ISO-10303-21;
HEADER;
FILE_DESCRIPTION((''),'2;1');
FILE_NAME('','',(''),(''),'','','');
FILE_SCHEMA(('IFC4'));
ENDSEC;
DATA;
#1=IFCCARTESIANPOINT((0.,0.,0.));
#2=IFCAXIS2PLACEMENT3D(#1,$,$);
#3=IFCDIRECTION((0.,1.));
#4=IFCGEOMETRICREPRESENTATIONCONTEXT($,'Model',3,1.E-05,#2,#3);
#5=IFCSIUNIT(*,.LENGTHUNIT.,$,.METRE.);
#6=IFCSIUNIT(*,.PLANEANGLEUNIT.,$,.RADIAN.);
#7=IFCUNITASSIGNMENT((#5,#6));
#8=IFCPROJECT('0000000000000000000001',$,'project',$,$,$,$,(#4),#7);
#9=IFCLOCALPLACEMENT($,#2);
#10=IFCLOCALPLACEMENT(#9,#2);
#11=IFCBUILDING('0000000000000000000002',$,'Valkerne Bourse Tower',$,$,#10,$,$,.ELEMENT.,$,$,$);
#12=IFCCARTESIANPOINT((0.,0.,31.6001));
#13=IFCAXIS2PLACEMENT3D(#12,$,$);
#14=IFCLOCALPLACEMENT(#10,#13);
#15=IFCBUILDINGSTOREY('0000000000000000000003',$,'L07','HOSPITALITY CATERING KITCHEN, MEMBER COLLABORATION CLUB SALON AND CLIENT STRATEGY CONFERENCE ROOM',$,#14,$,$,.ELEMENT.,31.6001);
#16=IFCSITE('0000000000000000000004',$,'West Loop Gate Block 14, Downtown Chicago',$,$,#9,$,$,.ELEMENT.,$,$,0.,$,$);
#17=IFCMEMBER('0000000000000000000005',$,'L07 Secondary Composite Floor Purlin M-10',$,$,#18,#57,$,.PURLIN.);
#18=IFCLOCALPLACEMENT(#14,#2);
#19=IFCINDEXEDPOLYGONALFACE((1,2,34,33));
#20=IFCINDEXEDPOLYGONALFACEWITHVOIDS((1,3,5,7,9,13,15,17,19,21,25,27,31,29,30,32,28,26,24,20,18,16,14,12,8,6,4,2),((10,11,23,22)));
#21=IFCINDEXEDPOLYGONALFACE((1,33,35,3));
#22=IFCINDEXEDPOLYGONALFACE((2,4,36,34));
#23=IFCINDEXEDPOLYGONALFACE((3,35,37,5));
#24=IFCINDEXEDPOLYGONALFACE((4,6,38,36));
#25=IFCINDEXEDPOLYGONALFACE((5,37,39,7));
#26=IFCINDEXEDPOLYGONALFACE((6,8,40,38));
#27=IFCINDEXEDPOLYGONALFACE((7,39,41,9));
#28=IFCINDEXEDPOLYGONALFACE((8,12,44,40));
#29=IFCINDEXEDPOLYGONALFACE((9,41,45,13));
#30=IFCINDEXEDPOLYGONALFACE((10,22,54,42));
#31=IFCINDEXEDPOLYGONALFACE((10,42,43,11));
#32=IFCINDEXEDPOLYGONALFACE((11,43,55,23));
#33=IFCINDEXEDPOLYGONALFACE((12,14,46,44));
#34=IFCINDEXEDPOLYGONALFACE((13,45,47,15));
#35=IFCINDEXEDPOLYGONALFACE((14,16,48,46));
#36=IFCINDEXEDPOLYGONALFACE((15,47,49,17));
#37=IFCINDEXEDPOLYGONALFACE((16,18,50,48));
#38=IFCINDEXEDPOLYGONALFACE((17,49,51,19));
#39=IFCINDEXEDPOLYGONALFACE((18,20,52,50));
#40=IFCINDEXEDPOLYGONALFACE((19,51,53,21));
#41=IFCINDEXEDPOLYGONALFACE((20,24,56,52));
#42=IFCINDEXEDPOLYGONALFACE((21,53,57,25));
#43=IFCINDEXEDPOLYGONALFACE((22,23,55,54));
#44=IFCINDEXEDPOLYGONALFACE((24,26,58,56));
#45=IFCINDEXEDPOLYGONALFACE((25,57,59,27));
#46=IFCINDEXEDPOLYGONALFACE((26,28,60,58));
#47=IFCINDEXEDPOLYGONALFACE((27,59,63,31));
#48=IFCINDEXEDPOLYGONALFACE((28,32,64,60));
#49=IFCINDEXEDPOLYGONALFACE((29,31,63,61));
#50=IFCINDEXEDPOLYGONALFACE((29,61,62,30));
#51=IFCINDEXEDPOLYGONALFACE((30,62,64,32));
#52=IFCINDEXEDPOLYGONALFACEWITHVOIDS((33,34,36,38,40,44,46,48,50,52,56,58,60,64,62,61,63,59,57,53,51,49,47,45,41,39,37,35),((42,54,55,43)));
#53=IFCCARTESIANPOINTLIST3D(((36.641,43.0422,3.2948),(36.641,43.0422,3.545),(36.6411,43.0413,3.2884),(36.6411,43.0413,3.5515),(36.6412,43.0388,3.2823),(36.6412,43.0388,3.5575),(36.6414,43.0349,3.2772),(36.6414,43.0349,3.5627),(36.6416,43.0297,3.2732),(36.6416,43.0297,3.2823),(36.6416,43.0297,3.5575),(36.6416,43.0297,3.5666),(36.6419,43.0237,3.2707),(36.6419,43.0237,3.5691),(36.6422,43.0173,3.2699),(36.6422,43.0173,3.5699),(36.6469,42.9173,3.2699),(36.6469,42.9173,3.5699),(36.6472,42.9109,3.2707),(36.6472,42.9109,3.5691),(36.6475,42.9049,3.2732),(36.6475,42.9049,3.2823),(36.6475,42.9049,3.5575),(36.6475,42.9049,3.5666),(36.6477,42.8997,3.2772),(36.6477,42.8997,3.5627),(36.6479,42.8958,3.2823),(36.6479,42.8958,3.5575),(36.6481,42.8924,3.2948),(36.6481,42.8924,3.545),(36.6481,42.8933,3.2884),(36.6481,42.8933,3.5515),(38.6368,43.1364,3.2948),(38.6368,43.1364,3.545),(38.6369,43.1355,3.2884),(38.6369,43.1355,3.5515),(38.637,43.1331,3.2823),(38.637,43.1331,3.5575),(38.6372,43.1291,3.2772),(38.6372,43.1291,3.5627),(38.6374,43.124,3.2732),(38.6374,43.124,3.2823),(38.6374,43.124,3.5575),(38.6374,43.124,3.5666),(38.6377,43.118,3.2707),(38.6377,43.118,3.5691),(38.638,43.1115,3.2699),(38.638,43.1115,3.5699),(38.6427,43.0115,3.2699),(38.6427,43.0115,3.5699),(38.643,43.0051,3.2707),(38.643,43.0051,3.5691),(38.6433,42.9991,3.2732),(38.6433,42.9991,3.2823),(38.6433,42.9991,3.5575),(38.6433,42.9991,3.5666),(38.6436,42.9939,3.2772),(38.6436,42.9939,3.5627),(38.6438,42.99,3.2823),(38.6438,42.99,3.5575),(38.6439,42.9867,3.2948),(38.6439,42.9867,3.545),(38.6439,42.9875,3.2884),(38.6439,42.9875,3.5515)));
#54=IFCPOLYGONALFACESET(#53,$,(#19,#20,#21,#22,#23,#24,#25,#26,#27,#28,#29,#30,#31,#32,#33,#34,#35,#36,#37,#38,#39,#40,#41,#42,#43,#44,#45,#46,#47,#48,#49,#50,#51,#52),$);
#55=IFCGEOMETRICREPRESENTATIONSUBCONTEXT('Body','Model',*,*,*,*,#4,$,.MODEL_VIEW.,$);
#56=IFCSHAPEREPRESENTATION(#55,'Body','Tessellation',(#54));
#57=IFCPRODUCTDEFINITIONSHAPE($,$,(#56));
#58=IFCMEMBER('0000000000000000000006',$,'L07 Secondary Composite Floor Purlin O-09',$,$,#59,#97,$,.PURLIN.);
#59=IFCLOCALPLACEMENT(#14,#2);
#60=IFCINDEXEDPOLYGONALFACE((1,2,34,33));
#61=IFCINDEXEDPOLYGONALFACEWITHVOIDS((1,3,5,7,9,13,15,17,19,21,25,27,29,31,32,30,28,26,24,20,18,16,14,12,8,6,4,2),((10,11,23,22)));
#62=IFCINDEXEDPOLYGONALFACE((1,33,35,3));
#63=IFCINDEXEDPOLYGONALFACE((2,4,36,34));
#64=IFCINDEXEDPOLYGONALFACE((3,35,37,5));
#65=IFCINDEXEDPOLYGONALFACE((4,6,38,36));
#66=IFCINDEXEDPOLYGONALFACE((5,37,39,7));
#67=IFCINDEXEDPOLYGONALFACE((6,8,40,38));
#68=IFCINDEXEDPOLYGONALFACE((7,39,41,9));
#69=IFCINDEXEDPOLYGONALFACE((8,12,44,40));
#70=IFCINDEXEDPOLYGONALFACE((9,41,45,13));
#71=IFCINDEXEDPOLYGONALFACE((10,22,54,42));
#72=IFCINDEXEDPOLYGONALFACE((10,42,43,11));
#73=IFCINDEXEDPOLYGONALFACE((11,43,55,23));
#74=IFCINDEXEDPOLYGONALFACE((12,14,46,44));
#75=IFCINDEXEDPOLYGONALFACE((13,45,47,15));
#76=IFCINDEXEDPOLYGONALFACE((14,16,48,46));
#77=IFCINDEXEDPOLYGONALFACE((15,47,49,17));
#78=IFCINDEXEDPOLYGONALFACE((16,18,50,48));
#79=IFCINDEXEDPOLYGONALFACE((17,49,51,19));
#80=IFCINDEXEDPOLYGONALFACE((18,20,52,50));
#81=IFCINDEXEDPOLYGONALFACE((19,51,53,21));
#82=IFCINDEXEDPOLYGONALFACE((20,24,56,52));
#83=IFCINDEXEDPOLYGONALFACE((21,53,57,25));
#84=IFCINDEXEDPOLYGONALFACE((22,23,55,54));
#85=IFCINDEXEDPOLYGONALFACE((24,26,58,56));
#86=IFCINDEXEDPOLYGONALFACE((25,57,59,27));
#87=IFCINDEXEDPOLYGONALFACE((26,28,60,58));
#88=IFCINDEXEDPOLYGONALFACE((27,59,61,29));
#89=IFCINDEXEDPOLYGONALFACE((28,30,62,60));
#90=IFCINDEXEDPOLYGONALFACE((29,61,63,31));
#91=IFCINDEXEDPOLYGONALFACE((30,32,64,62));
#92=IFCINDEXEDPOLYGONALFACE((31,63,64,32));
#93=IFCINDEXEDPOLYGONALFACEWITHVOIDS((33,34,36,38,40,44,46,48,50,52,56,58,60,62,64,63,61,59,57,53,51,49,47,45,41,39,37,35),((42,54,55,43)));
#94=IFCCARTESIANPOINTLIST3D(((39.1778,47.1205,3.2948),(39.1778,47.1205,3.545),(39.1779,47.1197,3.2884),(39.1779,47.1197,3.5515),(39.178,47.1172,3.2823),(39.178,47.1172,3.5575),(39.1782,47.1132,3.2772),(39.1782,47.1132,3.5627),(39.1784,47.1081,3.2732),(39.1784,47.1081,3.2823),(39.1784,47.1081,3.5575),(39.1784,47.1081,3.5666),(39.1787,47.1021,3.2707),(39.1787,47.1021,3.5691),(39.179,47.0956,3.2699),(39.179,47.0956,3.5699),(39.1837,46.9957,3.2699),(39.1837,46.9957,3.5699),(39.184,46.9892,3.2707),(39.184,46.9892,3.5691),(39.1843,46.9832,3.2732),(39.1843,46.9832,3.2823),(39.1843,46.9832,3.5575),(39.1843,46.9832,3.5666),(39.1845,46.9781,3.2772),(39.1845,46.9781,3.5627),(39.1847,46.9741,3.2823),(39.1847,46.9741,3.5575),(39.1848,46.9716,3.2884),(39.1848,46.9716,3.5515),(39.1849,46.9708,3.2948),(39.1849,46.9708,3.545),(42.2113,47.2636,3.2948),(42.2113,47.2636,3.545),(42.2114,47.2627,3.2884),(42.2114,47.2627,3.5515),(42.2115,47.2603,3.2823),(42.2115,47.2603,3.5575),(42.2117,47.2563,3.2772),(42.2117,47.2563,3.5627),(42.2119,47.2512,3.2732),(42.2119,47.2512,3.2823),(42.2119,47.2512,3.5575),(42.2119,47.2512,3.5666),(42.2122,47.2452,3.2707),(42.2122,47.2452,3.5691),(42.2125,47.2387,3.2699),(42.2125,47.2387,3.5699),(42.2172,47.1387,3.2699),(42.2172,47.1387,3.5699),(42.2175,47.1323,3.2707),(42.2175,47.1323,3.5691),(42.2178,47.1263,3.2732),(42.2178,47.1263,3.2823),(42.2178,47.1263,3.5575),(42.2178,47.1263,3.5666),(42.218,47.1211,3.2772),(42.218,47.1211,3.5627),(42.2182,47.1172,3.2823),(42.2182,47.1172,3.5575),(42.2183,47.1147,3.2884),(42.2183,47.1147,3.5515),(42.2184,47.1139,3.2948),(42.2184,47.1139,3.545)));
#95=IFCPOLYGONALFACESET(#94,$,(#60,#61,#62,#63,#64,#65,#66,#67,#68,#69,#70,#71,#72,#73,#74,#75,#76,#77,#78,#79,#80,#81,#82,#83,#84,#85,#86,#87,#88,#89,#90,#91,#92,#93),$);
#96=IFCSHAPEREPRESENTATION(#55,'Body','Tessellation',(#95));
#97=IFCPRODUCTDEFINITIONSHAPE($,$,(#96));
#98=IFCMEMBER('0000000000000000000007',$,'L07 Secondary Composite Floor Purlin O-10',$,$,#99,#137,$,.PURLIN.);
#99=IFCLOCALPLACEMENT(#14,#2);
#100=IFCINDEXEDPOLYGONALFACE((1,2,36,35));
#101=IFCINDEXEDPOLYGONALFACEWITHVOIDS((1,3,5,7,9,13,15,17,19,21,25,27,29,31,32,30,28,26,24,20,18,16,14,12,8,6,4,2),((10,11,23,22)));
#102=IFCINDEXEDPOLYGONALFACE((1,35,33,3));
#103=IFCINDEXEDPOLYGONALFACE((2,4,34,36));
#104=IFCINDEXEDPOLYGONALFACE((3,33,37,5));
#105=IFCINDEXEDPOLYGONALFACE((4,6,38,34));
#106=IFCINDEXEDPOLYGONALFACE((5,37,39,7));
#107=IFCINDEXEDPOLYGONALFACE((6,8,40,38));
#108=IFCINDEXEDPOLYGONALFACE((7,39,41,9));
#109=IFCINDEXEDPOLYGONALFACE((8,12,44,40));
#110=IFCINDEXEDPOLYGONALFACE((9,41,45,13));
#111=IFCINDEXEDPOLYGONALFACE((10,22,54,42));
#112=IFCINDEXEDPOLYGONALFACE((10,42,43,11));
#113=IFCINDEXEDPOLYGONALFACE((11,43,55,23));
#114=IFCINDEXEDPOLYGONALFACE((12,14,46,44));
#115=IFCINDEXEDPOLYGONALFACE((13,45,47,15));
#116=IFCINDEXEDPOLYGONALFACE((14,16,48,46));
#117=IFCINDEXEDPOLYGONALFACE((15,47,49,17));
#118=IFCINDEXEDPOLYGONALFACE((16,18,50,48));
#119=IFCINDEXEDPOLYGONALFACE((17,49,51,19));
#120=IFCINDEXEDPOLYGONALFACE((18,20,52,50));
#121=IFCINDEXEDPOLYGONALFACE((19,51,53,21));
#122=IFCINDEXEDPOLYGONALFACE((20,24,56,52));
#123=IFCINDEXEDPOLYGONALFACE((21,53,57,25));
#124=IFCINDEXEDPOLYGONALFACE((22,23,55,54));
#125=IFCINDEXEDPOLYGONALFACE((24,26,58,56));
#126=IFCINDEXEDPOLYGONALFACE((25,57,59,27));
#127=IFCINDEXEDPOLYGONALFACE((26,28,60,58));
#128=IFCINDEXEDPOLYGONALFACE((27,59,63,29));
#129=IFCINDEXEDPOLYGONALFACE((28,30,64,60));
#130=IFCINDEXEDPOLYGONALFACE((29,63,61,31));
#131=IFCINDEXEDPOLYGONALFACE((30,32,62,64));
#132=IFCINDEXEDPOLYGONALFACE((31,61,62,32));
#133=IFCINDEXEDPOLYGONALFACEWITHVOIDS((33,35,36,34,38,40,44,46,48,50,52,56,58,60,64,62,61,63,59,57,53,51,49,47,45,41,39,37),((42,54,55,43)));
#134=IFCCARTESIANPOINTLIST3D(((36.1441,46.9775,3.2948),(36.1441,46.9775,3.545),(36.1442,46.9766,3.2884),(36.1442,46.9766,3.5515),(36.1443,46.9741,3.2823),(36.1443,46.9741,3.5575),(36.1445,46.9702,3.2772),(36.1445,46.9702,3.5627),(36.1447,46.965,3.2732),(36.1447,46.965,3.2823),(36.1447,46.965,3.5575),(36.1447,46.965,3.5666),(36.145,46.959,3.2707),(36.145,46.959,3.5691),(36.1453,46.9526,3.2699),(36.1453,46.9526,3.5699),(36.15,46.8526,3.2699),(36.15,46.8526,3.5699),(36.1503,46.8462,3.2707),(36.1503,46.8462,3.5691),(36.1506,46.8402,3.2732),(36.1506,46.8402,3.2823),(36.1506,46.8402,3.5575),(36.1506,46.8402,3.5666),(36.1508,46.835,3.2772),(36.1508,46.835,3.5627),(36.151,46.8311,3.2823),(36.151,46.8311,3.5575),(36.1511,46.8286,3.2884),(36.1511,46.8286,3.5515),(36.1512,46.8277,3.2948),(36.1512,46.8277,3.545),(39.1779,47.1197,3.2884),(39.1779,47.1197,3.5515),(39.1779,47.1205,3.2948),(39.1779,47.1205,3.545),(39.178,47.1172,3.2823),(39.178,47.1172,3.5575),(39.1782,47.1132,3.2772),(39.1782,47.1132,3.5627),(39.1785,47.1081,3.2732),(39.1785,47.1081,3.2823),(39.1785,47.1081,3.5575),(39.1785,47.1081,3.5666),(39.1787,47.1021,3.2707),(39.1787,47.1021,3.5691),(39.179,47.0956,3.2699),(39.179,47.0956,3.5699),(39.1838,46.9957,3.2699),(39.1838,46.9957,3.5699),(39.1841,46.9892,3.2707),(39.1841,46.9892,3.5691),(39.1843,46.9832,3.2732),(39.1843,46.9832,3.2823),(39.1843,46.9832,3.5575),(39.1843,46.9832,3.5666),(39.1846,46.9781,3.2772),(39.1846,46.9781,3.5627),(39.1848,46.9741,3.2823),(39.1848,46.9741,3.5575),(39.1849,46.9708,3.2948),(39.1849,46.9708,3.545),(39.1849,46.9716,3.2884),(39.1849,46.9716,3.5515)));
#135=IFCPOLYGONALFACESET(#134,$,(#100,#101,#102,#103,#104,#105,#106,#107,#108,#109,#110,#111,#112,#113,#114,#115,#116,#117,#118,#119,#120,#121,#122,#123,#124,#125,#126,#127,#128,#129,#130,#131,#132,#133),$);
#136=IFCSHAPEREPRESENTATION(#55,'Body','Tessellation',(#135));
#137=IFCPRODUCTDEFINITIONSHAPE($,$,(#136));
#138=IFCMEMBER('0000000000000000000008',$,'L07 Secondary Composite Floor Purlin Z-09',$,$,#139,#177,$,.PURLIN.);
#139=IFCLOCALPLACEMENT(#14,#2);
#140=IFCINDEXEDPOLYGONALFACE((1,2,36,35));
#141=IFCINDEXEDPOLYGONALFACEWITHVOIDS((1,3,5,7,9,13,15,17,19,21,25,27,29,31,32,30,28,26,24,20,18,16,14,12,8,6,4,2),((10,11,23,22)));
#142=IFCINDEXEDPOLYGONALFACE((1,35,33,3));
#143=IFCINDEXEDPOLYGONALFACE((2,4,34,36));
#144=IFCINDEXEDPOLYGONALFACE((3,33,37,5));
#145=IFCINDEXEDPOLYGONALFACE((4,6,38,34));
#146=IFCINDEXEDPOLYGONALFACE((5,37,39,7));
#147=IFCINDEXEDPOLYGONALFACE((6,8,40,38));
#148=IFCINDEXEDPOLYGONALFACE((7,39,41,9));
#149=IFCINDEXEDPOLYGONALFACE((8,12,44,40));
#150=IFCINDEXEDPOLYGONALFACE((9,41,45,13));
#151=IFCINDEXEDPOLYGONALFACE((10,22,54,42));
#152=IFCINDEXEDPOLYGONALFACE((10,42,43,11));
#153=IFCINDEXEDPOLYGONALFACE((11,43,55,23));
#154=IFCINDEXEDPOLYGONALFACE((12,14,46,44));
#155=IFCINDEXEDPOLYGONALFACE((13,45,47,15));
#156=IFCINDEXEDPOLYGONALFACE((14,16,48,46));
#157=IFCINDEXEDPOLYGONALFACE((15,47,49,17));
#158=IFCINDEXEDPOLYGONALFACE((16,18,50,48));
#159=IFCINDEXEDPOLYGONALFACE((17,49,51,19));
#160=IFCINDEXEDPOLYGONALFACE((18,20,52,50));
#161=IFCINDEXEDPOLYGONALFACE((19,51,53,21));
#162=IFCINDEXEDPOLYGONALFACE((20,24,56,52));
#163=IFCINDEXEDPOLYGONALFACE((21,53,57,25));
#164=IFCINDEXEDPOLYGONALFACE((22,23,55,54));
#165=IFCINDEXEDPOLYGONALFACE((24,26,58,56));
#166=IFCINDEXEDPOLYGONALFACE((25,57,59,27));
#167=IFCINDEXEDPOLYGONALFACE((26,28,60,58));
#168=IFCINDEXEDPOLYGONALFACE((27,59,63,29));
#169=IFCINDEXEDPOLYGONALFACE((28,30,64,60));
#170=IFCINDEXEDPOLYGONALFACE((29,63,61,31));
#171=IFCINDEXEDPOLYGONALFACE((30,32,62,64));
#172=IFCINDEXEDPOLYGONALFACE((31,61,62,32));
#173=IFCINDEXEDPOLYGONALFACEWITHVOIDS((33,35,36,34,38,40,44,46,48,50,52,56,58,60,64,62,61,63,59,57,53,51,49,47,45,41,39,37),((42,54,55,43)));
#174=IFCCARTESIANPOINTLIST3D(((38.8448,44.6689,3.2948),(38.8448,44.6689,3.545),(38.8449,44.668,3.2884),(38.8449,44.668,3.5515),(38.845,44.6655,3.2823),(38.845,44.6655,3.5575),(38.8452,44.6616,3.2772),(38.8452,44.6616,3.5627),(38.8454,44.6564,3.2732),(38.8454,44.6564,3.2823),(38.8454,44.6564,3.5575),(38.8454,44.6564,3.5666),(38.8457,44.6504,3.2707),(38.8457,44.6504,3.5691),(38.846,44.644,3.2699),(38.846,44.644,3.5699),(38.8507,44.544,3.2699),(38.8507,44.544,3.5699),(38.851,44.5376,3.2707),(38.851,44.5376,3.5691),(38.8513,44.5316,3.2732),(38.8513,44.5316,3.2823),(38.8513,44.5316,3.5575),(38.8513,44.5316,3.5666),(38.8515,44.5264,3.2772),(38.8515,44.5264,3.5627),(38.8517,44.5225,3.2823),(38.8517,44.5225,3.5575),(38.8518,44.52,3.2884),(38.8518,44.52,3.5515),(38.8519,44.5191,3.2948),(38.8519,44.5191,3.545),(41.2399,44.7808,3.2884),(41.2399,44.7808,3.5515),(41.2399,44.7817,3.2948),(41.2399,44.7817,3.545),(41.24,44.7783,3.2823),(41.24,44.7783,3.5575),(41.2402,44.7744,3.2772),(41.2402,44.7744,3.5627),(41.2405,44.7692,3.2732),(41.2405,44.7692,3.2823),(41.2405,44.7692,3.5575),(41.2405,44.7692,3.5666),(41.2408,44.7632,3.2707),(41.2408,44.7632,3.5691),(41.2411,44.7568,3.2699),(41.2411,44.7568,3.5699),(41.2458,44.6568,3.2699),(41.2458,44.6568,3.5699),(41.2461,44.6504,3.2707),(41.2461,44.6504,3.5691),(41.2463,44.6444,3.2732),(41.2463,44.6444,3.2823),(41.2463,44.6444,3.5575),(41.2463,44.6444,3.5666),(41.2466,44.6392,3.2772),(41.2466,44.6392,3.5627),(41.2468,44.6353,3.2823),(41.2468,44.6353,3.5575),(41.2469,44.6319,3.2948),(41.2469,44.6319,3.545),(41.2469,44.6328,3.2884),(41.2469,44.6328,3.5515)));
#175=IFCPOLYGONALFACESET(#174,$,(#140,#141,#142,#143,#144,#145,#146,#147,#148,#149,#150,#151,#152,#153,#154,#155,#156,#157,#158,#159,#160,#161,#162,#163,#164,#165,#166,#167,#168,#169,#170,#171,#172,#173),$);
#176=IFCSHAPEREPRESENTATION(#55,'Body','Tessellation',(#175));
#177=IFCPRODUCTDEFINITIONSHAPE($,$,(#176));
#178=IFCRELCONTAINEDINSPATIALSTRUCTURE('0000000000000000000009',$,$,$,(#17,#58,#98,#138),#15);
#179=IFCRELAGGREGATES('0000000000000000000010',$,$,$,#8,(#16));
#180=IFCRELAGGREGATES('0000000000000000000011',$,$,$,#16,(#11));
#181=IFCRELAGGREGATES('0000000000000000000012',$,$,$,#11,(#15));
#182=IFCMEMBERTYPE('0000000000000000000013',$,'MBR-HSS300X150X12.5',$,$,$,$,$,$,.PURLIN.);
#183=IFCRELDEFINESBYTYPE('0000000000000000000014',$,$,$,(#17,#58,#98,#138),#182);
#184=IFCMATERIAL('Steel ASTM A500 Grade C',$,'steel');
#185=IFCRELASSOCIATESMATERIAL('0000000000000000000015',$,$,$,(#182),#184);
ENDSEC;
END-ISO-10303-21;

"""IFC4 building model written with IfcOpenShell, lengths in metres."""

from ifc_helpers import new_model, si_unit, direction, frame, origin, origin_2d, place, context, subcontext, project, spatial, hollow_rectangle, extrude, material, material_profile, profile_set, type_object, element, save


model = new_model("IFC4")

# Units and contexts
model_context = context("Model", 3, precision=1e-05, world=origin(), true_north=direction((0.0, 1.0)))
body_context = subcontext(model_context, "Body", "Model", "MODEL_VIEW")
ifc_project = project(units=[si_unit("LENGTHUNIT", "METRE"), si_unit("PLANEANGLEUNIT", "RADIAN")], contexts=[model_context])

# Site, building, storey
site_placement = place(None, origin())
site = spatial("IfcSite", under=ifc_project, at=site_placement, Name="West Loop Gate Block 14, Downtown Chicago", CompositionType="ELEMENT", RefElevation=0.0)
building_placement = place(site_placement, origin())
building = spatial("IfcBuilding", under=site, at=building_placement, Name="Valkerne Bourse Tower", CompositionType="ELEMENT")
storey_placement = place(building_placement, frame((0.0, 0.0, 31.6001)))
storey = spatial("IfcBuildingStorey", under=building, at=storey_placement, Name="L07", Description="HOSPITALITY CATERING KITCHEN, MEMBER COLLABORATION CLUB SALON AND CLIENT STRATEGY CONFERENCE ROOM", CompositionType="ELEMENT", Elevation=31.6001)

# Members
ifc_material_1 = material(Name="Steel ASTM A500 Grade C", Category="steel")
ifc_material_profile_1 = material_profile(ifc_material_1, hollow_rectangle(XDim=0.1499, YDim=0.3, WallThickness=0.0125, OuterFilletRadius=0.0249, at=origin_2d()), Name="HSS300X150X12.5")
ifc_profile_set_1 = profile_set([ifc_material_profile_1], Name="Steel ASTM A500 Grade C")
member_type_1 = type_object("IfcMemberType", Name="MBR-HSS300X150X12.5", PredefinedType="PURLIN", material=ifc_profile_set_1)
member_1_placement = place(storey_placement, frame((38.6404, 43.0615, 3.4199), z_axis=(-0.998887, -0.047165, 0.0), x_axis=(0.047165, -0.998887, 0.0)))
element("IfcMember", 1, at=member_1_placement, inside=storey, type_object=member_type_1, Name="L07 Secondary Composite Floor Purlin M-10", PredefinedType="PURLIN", context=body_context, shape_type="SweptSolid", body=[
    extrude(hollow_rectangle(XDim=0.1499, YDim=0.3, WallThickness=0.0125, OuterFilletRadius=0.0249, at=origin_2d()), origin(), (0.0, 0.0, 1.0), 1.998),
])
member_2_placement = place(storey_placement, frame((42.2148, 47.1887, 3.4199), z_axis=(-0.99889, -0.047111, 0.0), x_axis=(0.047111, -0.99889, 0.0)))
element("IfcMember", 2, at=member_2_placement, inside=storey, type_object=member_type_1, Name="L07 Secondary Composite Floor Purlin O-09", PredefinedType="PURLIN", context=body_context, shape_type="SweptSolid", body=[
    extrude(hollow_rectangle(XDim=0.1499, YDim=0.3, WallThickness=0.0125, OuterFilletRadius=0.0249, at=origin_2d()), origin(), (0.0, 0.0, 1.0), 3.0369),
])
member_3_placement = place(storey_placement, frame((39.1814, 47.0457, 3.4199), z_axis=(-0.99889, -0.047107, 0.0), x_axis=(0.047107, -0.99889, 0.0)))
element("IfcMember", 3, at=member_3_placement, inside=storey, type_object=member_type_1, Name="L07 Secondary Composite Floor Purlin O-10", PredefinedType="PURLIN", context=body_context, shape_type="SweptSolid", body=[
    extrude(hollow_rectangle(XDim=0.1499, YDim=0.3, WallThickness=0.0125, OuterFilletRadius=0.0249, at=origin_2d()), origin(), (0.0, 0.0, 1.0), 3.0371),
])
for number, where, z_axis, x_axis, name in (
    (4, (41.2434, 44.7068, 3.4199), (-0.998893, -0.047043, 0.0), (0.047043, -0.998893, 0.0), "L07 Secondary Composite Floor Purlin Z-09"),
):
    element("IfcMember", number, at=place(storey_placement, frame(where, z_axis=z_axis, x_axis=x_axis)), inside=storey, type_object=member_type_1, Name=name, PredefinedType="PURLIN", context=body_context, shape_type="SweptSolid", body=[
        extrude(hollow_rectangle(XDim=0.1499, YDim=0.3, WallThickness=0.0125, OuterFilletRadius=0.0249, at=origin_2d()), origin(), (0.0, 0.0, 1.0), 2.3977),
    ])

save(model, "model.ifc")
